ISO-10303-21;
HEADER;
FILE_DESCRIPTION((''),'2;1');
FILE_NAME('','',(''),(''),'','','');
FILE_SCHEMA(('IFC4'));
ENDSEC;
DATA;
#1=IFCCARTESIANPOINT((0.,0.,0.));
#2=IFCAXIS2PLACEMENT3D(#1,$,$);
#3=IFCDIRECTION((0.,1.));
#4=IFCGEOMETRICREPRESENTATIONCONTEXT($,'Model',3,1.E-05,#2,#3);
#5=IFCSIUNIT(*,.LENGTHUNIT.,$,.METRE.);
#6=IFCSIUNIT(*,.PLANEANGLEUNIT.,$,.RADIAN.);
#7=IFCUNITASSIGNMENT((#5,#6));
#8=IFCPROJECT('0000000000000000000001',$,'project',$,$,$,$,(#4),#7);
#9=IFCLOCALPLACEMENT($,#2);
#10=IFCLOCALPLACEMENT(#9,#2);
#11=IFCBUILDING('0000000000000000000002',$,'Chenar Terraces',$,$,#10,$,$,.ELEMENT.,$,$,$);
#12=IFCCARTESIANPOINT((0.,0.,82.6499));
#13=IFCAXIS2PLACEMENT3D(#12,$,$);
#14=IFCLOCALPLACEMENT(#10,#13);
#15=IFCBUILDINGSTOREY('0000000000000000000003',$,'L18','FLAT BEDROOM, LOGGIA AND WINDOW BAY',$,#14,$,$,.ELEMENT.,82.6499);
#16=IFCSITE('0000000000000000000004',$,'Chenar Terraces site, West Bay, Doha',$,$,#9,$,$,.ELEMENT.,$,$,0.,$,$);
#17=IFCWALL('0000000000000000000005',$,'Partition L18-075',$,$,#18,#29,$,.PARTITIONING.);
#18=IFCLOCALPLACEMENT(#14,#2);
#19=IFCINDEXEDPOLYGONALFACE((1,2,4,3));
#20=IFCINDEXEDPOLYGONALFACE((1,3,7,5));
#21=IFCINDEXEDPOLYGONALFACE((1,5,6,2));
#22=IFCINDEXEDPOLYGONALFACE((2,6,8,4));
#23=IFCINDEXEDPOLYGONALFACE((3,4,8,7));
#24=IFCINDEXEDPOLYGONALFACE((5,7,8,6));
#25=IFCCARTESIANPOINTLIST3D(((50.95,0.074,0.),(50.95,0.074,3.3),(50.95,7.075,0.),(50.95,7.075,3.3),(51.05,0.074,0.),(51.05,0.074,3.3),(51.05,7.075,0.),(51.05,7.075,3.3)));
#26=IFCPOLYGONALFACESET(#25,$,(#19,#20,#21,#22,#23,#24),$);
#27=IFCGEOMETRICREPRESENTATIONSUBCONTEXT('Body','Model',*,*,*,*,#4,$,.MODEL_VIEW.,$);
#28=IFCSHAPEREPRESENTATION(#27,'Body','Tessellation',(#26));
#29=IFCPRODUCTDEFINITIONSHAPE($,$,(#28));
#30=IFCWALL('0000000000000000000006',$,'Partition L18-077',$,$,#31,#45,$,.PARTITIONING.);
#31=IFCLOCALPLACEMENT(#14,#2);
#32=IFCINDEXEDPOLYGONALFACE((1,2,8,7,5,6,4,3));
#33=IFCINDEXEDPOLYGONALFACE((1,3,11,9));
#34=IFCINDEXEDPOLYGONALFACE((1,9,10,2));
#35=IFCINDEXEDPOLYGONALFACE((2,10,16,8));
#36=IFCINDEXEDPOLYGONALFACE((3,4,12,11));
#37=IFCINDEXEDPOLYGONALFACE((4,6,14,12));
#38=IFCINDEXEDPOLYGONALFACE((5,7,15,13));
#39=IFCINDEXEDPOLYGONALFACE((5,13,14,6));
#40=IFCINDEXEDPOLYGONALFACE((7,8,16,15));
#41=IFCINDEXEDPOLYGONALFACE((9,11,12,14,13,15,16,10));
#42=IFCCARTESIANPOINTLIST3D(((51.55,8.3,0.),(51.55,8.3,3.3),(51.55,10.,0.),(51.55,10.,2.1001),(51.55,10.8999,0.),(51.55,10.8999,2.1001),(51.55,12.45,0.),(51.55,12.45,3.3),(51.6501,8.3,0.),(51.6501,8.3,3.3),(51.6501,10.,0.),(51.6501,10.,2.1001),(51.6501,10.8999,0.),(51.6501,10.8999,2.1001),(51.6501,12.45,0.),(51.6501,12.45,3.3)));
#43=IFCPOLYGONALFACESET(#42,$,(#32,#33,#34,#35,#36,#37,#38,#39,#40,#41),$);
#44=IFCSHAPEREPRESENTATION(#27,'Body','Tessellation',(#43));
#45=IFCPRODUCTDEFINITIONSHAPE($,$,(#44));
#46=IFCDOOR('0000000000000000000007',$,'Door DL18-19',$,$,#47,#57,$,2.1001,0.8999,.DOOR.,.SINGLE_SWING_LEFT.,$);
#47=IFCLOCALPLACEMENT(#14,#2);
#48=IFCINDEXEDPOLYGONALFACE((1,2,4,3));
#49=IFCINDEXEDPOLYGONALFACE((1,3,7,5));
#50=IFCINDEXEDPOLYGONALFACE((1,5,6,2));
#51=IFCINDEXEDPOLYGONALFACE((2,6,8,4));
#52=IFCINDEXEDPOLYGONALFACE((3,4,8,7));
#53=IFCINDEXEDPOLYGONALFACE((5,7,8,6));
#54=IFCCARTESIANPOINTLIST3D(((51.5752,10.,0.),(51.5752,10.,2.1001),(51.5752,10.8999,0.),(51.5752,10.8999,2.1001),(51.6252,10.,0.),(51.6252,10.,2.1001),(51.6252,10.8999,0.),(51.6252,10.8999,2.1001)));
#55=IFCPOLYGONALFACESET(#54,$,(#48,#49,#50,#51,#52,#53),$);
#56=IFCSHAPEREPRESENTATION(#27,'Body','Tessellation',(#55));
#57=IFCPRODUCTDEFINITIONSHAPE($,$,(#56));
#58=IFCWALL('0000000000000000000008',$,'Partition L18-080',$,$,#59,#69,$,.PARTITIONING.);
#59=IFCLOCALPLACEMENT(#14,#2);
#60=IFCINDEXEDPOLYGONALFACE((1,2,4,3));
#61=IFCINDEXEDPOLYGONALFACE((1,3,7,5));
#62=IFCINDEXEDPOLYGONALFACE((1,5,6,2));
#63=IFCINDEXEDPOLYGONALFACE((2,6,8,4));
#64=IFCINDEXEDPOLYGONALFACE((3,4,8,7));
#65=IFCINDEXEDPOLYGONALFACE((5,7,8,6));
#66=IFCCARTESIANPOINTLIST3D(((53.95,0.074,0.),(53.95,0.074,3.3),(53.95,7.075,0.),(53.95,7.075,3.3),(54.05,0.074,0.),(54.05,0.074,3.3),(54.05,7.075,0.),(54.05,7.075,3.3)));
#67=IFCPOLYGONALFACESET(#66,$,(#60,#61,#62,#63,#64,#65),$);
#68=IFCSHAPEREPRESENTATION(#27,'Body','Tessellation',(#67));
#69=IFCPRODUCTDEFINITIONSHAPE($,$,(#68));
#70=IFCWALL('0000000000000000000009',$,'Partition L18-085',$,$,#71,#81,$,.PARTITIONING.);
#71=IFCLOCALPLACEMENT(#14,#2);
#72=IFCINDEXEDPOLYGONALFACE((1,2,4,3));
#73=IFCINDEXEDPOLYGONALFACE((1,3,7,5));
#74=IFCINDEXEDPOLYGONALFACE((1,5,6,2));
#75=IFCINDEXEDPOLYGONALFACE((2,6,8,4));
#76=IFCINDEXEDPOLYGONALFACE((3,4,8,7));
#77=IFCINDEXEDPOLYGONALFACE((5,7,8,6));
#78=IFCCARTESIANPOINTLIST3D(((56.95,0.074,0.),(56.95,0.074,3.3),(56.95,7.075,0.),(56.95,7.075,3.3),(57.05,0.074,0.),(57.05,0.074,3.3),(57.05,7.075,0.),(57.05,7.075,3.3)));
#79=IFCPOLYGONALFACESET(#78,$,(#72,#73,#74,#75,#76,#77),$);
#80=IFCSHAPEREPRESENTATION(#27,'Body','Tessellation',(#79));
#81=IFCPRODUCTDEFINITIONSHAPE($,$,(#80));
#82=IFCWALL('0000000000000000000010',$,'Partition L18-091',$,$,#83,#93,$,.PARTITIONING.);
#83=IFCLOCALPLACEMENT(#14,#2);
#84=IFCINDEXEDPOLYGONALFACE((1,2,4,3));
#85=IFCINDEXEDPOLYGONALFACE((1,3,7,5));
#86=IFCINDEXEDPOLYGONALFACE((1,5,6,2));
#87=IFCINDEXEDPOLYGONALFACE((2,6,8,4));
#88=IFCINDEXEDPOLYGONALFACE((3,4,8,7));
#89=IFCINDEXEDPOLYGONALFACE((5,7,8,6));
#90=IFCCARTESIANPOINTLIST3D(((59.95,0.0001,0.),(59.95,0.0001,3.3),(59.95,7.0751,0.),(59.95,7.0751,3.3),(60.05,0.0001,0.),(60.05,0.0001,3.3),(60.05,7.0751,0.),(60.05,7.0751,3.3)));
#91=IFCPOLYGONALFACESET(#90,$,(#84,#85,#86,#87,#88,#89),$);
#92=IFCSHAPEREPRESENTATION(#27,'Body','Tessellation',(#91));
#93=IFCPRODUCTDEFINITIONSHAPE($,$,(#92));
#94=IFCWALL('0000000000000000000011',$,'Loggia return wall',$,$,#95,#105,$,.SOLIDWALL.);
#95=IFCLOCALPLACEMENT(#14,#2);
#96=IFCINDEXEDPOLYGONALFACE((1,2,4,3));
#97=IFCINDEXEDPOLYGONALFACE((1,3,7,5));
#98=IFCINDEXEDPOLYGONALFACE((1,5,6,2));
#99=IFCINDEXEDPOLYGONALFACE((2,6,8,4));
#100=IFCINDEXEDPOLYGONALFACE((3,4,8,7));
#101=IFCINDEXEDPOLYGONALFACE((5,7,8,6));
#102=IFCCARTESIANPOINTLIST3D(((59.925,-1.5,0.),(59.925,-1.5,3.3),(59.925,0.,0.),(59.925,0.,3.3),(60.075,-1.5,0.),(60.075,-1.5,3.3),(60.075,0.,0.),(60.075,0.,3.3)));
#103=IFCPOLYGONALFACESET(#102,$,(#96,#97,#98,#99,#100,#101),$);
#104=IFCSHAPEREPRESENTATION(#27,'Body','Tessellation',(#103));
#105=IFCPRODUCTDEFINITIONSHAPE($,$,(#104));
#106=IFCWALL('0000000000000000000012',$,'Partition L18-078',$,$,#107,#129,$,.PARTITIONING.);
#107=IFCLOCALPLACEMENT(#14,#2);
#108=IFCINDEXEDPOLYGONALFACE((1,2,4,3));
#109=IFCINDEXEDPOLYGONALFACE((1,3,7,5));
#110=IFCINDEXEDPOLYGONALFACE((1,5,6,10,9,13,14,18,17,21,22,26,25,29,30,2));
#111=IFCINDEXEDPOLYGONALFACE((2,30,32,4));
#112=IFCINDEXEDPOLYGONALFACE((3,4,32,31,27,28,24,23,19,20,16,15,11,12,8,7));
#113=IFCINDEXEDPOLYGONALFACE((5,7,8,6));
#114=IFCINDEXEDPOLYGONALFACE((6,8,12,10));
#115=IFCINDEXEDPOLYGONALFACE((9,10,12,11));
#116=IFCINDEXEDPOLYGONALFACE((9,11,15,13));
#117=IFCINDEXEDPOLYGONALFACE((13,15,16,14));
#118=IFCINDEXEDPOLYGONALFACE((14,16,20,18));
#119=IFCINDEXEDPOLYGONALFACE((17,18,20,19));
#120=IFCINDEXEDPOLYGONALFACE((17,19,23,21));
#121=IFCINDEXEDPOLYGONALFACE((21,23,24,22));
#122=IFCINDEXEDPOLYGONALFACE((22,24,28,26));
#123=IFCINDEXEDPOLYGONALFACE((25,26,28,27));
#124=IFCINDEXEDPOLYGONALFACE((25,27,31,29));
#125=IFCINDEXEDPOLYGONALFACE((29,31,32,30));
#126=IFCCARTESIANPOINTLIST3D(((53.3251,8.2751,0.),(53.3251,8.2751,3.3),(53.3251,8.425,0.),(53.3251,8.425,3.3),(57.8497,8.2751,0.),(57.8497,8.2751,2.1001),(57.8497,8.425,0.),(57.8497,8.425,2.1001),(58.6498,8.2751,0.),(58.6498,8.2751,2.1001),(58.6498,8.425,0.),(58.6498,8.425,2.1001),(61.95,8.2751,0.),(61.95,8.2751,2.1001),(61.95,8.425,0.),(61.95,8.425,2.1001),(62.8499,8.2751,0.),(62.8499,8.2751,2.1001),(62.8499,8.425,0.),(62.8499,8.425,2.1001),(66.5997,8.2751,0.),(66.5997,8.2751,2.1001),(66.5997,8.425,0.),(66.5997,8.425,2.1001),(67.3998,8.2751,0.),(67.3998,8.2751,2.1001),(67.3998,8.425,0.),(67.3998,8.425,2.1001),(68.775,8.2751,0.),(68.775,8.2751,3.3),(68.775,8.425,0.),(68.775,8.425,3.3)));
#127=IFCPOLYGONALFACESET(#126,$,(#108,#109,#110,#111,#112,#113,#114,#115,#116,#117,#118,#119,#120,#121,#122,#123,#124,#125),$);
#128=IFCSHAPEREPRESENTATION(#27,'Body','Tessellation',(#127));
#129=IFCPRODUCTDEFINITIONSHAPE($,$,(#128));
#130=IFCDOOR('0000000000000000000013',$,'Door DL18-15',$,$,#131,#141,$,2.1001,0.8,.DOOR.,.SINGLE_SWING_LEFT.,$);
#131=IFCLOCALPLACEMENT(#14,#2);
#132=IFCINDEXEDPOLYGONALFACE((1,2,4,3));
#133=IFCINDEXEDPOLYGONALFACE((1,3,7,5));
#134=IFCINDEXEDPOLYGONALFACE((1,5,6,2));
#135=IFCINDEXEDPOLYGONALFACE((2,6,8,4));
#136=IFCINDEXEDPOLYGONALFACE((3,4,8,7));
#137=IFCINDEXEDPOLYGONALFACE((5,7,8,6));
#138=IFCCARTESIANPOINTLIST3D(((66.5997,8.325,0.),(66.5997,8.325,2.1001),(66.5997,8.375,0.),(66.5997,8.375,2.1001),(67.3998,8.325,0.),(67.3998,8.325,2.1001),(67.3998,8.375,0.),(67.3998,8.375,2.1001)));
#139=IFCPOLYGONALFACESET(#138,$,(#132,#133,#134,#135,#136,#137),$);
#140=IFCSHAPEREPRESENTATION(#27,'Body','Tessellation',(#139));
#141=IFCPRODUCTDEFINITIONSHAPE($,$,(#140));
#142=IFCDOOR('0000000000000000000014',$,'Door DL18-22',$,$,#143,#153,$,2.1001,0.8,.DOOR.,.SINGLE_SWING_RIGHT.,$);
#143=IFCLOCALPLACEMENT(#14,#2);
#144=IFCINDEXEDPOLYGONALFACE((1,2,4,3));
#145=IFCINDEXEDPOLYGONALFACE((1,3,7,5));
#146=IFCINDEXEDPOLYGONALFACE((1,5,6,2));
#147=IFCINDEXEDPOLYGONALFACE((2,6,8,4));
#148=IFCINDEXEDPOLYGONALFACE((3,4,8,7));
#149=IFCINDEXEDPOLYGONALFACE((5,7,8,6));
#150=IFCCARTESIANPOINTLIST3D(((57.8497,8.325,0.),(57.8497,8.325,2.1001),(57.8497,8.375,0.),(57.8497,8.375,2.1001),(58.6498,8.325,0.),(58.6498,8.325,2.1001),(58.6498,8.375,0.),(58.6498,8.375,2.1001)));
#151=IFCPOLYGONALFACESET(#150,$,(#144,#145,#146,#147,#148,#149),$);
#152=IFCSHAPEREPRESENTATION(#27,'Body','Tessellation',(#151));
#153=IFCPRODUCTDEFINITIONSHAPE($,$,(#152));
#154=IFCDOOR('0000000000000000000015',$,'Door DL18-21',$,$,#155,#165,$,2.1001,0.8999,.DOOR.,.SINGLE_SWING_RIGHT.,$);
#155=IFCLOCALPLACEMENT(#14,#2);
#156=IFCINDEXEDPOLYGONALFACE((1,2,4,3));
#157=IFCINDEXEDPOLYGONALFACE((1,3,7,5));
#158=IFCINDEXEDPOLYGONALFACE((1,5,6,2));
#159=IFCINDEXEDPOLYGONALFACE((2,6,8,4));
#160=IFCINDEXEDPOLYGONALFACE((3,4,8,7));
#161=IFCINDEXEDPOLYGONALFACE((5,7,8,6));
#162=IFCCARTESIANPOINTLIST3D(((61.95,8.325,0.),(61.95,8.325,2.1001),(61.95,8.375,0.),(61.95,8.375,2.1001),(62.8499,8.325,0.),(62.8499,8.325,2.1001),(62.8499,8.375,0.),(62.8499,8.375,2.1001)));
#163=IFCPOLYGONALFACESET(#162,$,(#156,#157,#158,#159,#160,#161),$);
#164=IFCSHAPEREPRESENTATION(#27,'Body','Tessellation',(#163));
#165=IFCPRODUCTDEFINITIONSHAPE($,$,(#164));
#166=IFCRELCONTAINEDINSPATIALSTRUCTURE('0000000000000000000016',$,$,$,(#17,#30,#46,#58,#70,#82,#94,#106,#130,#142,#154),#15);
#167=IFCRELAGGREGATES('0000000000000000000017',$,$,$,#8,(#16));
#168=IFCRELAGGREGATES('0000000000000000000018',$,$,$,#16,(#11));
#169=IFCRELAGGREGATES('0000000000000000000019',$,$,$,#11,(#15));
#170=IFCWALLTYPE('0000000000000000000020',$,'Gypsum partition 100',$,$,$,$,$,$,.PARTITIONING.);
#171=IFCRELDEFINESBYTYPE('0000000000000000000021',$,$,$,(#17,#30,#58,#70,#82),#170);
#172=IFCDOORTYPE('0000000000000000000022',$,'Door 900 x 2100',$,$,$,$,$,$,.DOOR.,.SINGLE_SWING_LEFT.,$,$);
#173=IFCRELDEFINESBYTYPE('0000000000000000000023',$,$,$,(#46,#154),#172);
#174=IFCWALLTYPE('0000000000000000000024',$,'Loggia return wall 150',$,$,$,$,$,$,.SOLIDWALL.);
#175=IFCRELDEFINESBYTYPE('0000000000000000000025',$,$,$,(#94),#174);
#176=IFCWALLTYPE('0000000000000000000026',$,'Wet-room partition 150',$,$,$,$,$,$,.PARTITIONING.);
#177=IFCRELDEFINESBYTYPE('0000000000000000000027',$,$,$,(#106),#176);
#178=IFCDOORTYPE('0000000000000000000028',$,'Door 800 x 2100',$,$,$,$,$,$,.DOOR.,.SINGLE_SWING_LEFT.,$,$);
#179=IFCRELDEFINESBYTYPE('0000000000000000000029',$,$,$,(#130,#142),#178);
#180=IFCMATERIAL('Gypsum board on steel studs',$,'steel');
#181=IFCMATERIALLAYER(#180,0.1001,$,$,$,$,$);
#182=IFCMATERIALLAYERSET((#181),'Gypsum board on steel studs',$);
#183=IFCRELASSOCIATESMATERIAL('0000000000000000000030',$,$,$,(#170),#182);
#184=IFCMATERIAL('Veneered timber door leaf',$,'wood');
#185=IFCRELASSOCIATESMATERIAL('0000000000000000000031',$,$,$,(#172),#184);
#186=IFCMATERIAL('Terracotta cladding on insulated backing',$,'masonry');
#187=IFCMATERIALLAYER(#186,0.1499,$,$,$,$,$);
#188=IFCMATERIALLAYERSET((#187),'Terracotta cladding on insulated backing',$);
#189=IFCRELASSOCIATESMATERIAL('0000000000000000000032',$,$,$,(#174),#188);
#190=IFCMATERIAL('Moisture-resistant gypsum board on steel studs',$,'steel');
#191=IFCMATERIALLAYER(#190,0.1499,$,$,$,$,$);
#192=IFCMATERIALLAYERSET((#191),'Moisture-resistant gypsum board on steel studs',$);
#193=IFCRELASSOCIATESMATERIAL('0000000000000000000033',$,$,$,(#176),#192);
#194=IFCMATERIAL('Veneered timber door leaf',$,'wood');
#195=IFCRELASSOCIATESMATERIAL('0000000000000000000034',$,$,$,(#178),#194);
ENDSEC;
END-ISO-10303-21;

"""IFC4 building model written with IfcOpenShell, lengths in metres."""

from ifc_helpers import new_model, si_unit, direction, frame, frame_2d, origin, place, context, subcontext, project, spatial, rectangle, extrude, material, layer, layer_set, type_object, element, fill, save


model = new_model("IFC4")

# Units and contexts
model_context = context("Model", 3, precision=1e-05, world=origin(), true_north=direction((0.0, 1.0)))
body_context = subcontext(model_context, "Body", "Model", "MODEL_VIEW")
ifc_project = project(units=[si_unit("LENGTHUNIT", "METRE"), si_unit("PLANEANGLEUNIT", "RADIAN")], contexts=[model_context])

# Site, building, storey
site_placement = place(None, origin())
site = spatial("IfcSite", under=ifc_project, at=site_placement, Name="Chenar Terraces site, West Bay, Doha", CompositionType="ELEMENT", RefElevation=0.0)
building_placement = place(site_placement, origin())
building = spatial("IfcBuilding", under=site, at=building_placement, Name="Chenar Terraces", CompositionType="ELEMENT")
storey_placement = place(building_placement, frame((0.0, 0.0, 82.6499)))
storey = spatial("IfcBuildingStorey", under=building, at=storey_placement, Name="L18", Description="FLAT BEDROOM, LOGGIA AND WINDOW BAY", CompositionType="ELEMENT", Elevation=82.6499)

# Wall
ifc_material_1 = material(Name="Gypsum board on steel studs", Category="steel")
ifc_layer_1 = layer(ifc_material_1, 0.1001)
ifc_layer_set_1 = layer_set([ifc_layer_1], Name="Gypsum board on steel studs")
wall_type_1 = type_object("IfcWallType", Name="Gypsum partition 100", PredefinedType="PARTITIONING", material=ifc_layer_set_1)
wall_1_placement = place(storey_placement, frame((51.0, 0.074, 0.0), z_axis=(0.0, 0.0, 1.0), x_axis=(0.0, 1.0, 0.0)))
element("IfcWall", 1, at=wall_1_placement, inside=storey, type_object=wall_type_1, Name="Partition L18-075", PredefinedType="PARTITIONING", context=body_context, shape_type="SweptSolid", body=[
    extrude(rectangle(XDim=7.001, YDim=0.1001, at=frame_2d((3.5005, 0.0))), origin(), (0.0, 0.0, 1.0), 3.3),
])

# Wall, opening, door
wall_2_placement = place(storey_placement, frame((51.6001, 8.3, 0.0), z_axis=(0.0, 0.0, 1.0), x_axis=(0.0, 1.0, 0.0)))
wall_2 = element("IfcWall", 2, at=wall_2_placement, inside=storey, type_object=wall_type_1, Name="Partition L18-077", PredefinedType="PARTITIONING", context=body_context, shape_type="SweptSolid", body=[
    extrude(rectangle(XDim=4.1499, YDim=0.1001, at=frame_2d((2.075, 0.0))), origin(), (0.0, 0.0, 1.0), 3.3),
])
opening_1_placement = place(wall_2_placement, frame((1.7, 0.0, 0.0)))
opening_1 = element("IfcOpeningElement", 3, at=opening_1_placement, cuts=wall_2, PredefinedType="OPENING", context=body_context, shape_type="SweptSolid", body=[
    extrude(rectangle(XDim=0.8999, YDim=2.1001, at=frame_2d((0.45, 1.05))), frame((0.0, 0.0601, 0.0), z_axis=(0.0, -1.0, 0.0), x_axis=(1.0, 0.0, 0.0)), (0.0, 0.0, 1.0), 0.1201),
])
ifc_material_2 = material(Name="Veneered timber door leaf", Category="wood")
door_type_1 = type_object("IfcDoorType", Name="Door 900 x 2100", OperationType="SINGLE_SWING_LEFT", PredefinedType="DOOR", material=ifc_material_2)
door_1_placement = place(opening_1_placement, origin())
door_1 = element("IfcDoor", 4, at=door_1_placement, inside=storey, type_object=door_type_1, Name="Door DL18-19", OperationType="SINGLE_SWING_LEFT", OverallHeight=2.1001, OverallWidth=0.8999, PredefinedType="DOOR", context=body_context, shape_type="SweptSolid", body=[
    extrude(rectangle(XDim=0.8999, YDim=2.1001, at=frame_2d((0.45, 1.05))), frame((0.0, 0.0249, 0.0), z_axis=(0.0, -1.0, 0.0), x_axis=(1.0, 0.0, 0.0)), (0.0, 0.0, 1.0), 0.05),
])
fill(opening_1, door_1)

# Walls
for number, where, z_axis, x_axis, name in (
    (5, (54.0, 0.074, 0.0), (0.0, 0.0, 1.0), (0.0, 1.0, 0.0), "Partition L18-080"),
    (6, (57.0, 0.074, 0.0), (0.0, 0.0, 1.0), (0.0, 1.0, 0.0), "Partition L18-085"),
):
    element("IfcWall", number, at=place(storey_placement, frame(where, z_axis=z_axis, x_axis=x_axis)), inside=storey, type_object=wall_type_1, Name=name, PredefinedType="PARTITIONING", context=body_context, shape_type="SweptSolid", body=[
        extrude(rectangle(XDim=7.001, YDim=0.1001, at=frame_2d((3.5005, 0.0))), origin(), (0.0, 0.0, 1.0), 3.3),
    ])
wall_3_placement = place(storey_placement, frame((60.0, 0.0, 0.0), z_axis=(0.0, 0.0, 1.0), x_axis=(0.0, 1.0, 0.0)))
element("IfcWall", 7, at=wall_3_placement, inside=storey, type_object=wall_type_1, Name="Partition L18-091", PredefinedType="PARTITIONING", context=body_context, shape_type="SweptSolid", body=[
    extrude(rectangle(XDim=7.075, YDim=0.1001, at=frame_2d((3.5376, 0.0))), origin(), (0.0, 0.0, 1.0), 3.3),
])
ifc_material_3 = material(Name="Terracotta cladding on insulated backing", Category="masonry")
ifc_layer_2 = layer(ifc_material_3, 0.1499)
ifc_layer_set_2 = layer_set([ifc_layer_2], Name="Terracotta cladding on insulated backing")
wall_type_2 = type_object("IfcWallType", Name="Loggia return wall 150", PredefinedType="SOLIDWALL", material=ifc_layer_set_2)
wall_4_placement = place(storey_placement, frame((60.0, -1.5, 0.0), z_axis=(0.0, 0.0, 1.0), x_axis=(0.0, 1.0, 0.0)))
element("IfcWall", 8, at=wall_4_placement, inside=storey, type_object=wall_type_2, Name="Loggia return wall", PredefinedType="SOLIDWALL", context=body_context, shape_type="SweptSolid", body=[
    extrude(rectangle(XDim=1.5, YDim=0.1499, at=frame_2d((0.75, 0.0))), origin(), (0.0, 0.0, 1.0), 3.3),
])

# Wall, openings, doors
ifc_material_4 = material(Name="Moisture-resistant gypsum board on steel studs", Category="steel")
ifc_layer_3 = layer(ifc_material_4, 0.1499)
ifc_layer_set_3 = layer_set([ifc_layer_3], Name="Moisture-resistant gypsum board on steel studs")
wall_type_3 = type_object("IfcWallType", Name="Wet-room partition 150", PredefinedType="PARTITIONING", material=ifc_layer_set_3)
wall_5_placement = place(storey_placement, frame((53.325, 8.3501, 0.0), z_axis=(0.0, 0.0, 1.0), x_axis=(1.0, 0.0, 0.0)))
wall_5 = element("IfcWall", 9, at=wall_5_placement, inside=storey, type_object=wall_type_3, Name="Partition L18-078", PredefinedType="PARTITIONING", context=body_context, shape_type="SweptSolid", body=[
    extrude(rectangle(XDim=15.45, YDim=0.1499, at=frame_2d((7.7251, 0.0))), origin(), (0.0, 0.0, 1.0), 3.3),
])
opening_2_placement = place(wall_5_placement, frame((13.2749, 0.0, 0.0)))
opening_2 = element("IfcOpeningElement", 10, at=opening_2_placement, cuts=wall_5, PredefinedType="OPENING", context=body_context, shape_type="SweptSolid", body=[
    extrude(rectangle(XDim=0.8, YDim=2.1001, at=frame_2d((0.3999, 1.05))), frame((0.0, 0.085, 0.0), z_axis=(0.0, -1.0, 0.0), x_axis=(1.0, 0.0, 0.0)), (0.0, 0.0, 1.0), 0.1699),
])
opening_3_placement = place(wall_5_placement, frame((8.625, 0.0, 0.0)))
opening_3 = element("IfcOpeningElement", 11, at=opening_3_placement, cuts=wall_5, PredefinedType="OPENING", context=body_context, shape_type="SweptSolid", body=[
    extrude(rectangle(XDim=0.8999, YDim=2.1001, at=frame_2d((0.45, 1.05))), frame((0.0, 0.085, 0.0), z_axis=(0.0, -1.0, 0.0), x_axis=(1.0, 0.0, 0.0)), (0.0, 0.0, 1.0), 0.1699),
])
opening_4_placement = place(wall_5_placement, frame((4.5249, 0.0, 0.0)))
opening_4 = element("IfcOpeningElement", 12, at=opening_4_placement, cuts=wall_5, PredefinedType="OPENING", context=body_context, shape_type="SweptSolid", body=[
    extrude(rectangle(XDim=0.8, YDim=2.1001, at=frame_2d((0.3999, 1.05))), frame((0.0, 0.085, 0.0), z_axis=(0.0, -1.0, 0.0), x_axis=(1.0, 0.0, 0.0)), (0.0, 0.0, 1.0), 0.1699),
])
ifc_material_5 = material(Name="Veneered timber door leaf", Category="wood")
door_type_2 = type_object("IfcDoorType", Name="Door 800 x 2100", OperationType="SINGLE_SWING_LEFT", PredefinedType="DOOR", material=ifc_material_5)
door_2_placement = place(opening_2_placement, origin())
door_2 = element("IfcDoor", 13, at=door_2_placement, inside=storey, type_object=door_type_2, Name="Door DL18-15", OperationType="SINGLE_SWING_LEFT", OverallHeight=2.1001, OverallWidth=0.8, PredefinedType="DOOR", context=body_context, shape_type="SweptSolid", body=[
    extrude(rectangle(XDim=0.8, YDim=2.1001, at=frame_2d((0.3999, 1.05))), frame((0.0, 0.0249, 0.0), z_axis=(0.0, -1.0, 0.0), x_axis=(1.0, 0.0, 0.0)), (0.0, 0.0, 1.0), 0.05),
])
fill(opening_2, door_2)
door_3_placement = place(opening_4_placement, origin())
door_3 = element("IfcDoor", 14, at=door_3_placement, inside=storey, type_object=door_type_2, Name="Door DL18-22", OperationType="SINGLE_SWING_RIGHT", OverallHeight=2.1001, OverallWidth=0.8, PredefinedType="DOOR", context=body_context, shape_type="SweptSolid", body=[
    extrude(rectangle(XDim=0.8, YDim=2.1001, at=frame_2d((0.3999, 1.05))), frame((0.0, 0.0249, 0.0), z_axis=(0.0, -1.0, 0.0), x_axis=(1.0, 0.0, 0.0)), (0.0, 0.0, 1.0), 0.05),
])
fill(opening_4, door_3)
door_4_placement = place(opening_3_placement, origin())
door_4 = element("IfcDoor", 15, at=door_4_placement, inside=storey, type_object=door_type_1, Name="Door DL18-21", OperationType="SINGLE_SWING_RIGHT", OverallHeight=2.1001, OverallWidth=0.8999, PredefinedType="DOOR", context=body_context, shape_type="SweptSolid", body=[
    extrude(rectangle(XDim=0.8999, YDim=2.1001, at=frame_2d((0.45, 1.05))), frame((0.0, 0.0249, 0.0), z_axis=(0.0, -1.0, 0.0), x_axis=(1.0, 0.0, 0.0)), (0.0, 0.0, 1.0), 0.05),
])
fill(opening_3, door_4)

save(model, "model.ifc")
